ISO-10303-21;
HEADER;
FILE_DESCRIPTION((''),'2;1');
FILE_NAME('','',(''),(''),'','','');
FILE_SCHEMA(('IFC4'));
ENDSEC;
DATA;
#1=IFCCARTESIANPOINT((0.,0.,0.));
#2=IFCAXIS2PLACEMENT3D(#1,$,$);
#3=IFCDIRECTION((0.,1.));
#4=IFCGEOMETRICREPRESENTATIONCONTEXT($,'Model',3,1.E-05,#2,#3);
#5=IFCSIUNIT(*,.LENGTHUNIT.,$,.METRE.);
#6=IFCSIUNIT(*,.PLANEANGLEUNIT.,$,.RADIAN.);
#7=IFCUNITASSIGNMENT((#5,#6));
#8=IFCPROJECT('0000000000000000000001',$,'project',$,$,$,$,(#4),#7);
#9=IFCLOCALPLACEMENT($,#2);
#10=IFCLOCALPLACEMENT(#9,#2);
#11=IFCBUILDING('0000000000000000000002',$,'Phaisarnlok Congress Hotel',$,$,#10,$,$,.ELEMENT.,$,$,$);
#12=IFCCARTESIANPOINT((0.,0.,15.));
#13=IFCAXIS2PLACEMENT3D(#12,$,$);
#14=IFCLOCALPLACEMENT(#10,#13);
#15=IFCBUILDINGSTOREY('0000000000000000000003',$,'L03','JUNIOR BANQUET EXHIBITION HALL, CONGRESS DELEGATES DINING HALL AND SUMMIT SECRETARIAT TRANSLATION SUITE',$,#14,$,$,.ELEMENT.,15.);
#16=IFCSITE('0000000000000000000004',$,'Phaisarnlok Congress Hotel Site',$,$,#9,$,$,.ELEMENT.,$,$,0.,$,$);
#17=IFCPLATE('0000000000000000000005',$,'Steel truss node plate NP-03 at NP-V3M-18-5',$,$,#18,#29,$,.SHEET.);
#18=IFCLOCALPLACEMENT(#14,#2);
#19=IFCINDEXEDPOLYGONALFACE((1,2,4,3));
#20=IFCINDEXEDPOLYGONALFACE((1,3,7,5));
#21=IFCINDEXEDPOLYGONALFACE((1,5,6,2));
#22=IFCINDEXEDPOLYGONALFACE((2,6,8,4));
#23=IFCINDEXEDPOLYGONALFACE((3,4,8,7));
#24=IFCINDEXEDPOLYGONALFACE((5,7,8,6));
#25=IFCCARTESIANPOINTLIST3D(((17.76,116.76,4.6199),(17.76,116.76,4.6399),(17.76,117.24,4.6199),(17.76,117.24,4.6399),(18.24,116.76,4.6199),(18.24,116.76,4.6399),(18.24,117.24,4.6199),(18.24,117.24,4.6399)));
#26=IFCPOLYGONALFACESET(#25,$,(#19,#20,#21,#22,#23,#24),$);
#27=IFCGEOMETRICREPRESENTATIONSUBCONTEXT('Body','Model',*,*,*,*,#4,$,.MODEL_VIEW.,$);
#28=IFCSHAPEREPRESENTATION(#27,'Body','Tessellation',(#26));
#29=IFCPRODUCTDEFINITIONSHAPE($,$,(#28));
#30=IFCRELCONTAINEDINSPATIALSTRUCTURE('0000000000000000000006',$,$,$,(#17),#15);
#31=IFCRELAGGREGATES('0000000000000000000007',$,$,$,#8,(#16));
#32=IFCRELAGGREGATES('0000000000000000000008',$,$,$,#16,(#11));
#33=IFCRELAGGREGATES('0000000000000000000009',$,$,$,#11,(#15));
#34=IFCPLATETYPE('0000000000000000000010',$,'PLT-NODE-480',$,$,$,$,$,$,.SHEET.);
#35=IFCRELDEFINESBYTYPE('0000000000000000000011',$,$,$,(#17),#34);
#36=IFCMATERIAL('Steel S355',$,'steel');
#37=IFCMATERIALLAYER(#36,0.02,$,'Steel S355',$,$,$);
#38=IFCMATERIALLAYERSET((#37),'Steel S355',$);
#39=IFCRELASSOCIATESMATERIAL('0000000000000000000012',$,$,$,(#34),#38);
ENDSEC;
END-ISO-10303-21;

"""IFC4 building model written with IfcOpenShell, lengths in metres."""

from ifc_helpers import new_model, si_unit, direction, frame, origin, origin_2d, place, context, subcontext, project, spatial, rectangle, extrude, material, layer, layer_set, type_object, element, save


model = new_model("IFC4")

# Units and contexts
model_context = context("Model", 3, precision=1e-05, world=origin(), true_north=direction((0.0, 1.0)))
body_context = subcontext(model_context, "Body", "Model", "MODEL_VIEW")
ifc_project = project(units=[si_unit("LENGTHUNIT", "METRE"), si_unit("PLANEANGLEUNIT", "RADIAN")], contexts=[model_context])

# Site, building, storey
site_placement = place(None, origin())
site = spatial("IfcSite", under=ifc_project, at=site_placement, Name="Phaisarnlok Congress Hotel Site", CompositionType="ELEMENT", RefElevation=0.0)
building_placement = place(site_placement, origin())
building = spatial("IfcBuilding", under=site, at=building_placement, Name="Phaisarnlok Congress Hotel", CompositionType="ELEMENT")
storey_placement = place(building_placement, frame((0.0, 0.0, 15.0)))
storey = spatial("IfcBuildingStorey", under=building, at=storey_placement, Name="L03", Description="JUNIOR BANQUET EXHIBITION HALL, CONGRESS DELEGATES DINING HALL AND SUMMIT SECRETARIAT TRANSLATION SUITE", CompositionType="ELEMENT", Elevation=15.0)

# Shared definitions
ifc_material_1 = material(Name="Steel S355", Category="steel")

# Plate
ifc_layer = layer(ifc_material_1, 0.02, Name="Steel S355")
ifc_layer_set = layer_set([ifc_layer], Name="Steel S355")
plate_type = type_object("IfcPlateType", Name="PLT-NODE-480", PredefinedType="SHEET", material=ifc_layer_set)
for number, where, z_axis, x_axis, name in (
    (1, (18.0, 117.0, 4.6199), (0.0, 0.0, 1.0), (1.0, 0.0, 0.0), "Steel truss node plate NP-03 at NP-V3M-18-5"),
):
    element("IfcPlate", number, at=place(storey_placement, frame(where, z_axis=z_axis, x_axis=x_axis)), inside=storey, type_object=plate_type, Name=name, PredefinedType="SHEET", context=body_context, shape_type="SweptSolid", body=[
        extrude(rectangle(XDim=0.48, YDim=0.48, at=origin_2d()), origin(), (0.0, 0.0, 1.0), 0.02),
    ])

save(model, "model.ifc")
